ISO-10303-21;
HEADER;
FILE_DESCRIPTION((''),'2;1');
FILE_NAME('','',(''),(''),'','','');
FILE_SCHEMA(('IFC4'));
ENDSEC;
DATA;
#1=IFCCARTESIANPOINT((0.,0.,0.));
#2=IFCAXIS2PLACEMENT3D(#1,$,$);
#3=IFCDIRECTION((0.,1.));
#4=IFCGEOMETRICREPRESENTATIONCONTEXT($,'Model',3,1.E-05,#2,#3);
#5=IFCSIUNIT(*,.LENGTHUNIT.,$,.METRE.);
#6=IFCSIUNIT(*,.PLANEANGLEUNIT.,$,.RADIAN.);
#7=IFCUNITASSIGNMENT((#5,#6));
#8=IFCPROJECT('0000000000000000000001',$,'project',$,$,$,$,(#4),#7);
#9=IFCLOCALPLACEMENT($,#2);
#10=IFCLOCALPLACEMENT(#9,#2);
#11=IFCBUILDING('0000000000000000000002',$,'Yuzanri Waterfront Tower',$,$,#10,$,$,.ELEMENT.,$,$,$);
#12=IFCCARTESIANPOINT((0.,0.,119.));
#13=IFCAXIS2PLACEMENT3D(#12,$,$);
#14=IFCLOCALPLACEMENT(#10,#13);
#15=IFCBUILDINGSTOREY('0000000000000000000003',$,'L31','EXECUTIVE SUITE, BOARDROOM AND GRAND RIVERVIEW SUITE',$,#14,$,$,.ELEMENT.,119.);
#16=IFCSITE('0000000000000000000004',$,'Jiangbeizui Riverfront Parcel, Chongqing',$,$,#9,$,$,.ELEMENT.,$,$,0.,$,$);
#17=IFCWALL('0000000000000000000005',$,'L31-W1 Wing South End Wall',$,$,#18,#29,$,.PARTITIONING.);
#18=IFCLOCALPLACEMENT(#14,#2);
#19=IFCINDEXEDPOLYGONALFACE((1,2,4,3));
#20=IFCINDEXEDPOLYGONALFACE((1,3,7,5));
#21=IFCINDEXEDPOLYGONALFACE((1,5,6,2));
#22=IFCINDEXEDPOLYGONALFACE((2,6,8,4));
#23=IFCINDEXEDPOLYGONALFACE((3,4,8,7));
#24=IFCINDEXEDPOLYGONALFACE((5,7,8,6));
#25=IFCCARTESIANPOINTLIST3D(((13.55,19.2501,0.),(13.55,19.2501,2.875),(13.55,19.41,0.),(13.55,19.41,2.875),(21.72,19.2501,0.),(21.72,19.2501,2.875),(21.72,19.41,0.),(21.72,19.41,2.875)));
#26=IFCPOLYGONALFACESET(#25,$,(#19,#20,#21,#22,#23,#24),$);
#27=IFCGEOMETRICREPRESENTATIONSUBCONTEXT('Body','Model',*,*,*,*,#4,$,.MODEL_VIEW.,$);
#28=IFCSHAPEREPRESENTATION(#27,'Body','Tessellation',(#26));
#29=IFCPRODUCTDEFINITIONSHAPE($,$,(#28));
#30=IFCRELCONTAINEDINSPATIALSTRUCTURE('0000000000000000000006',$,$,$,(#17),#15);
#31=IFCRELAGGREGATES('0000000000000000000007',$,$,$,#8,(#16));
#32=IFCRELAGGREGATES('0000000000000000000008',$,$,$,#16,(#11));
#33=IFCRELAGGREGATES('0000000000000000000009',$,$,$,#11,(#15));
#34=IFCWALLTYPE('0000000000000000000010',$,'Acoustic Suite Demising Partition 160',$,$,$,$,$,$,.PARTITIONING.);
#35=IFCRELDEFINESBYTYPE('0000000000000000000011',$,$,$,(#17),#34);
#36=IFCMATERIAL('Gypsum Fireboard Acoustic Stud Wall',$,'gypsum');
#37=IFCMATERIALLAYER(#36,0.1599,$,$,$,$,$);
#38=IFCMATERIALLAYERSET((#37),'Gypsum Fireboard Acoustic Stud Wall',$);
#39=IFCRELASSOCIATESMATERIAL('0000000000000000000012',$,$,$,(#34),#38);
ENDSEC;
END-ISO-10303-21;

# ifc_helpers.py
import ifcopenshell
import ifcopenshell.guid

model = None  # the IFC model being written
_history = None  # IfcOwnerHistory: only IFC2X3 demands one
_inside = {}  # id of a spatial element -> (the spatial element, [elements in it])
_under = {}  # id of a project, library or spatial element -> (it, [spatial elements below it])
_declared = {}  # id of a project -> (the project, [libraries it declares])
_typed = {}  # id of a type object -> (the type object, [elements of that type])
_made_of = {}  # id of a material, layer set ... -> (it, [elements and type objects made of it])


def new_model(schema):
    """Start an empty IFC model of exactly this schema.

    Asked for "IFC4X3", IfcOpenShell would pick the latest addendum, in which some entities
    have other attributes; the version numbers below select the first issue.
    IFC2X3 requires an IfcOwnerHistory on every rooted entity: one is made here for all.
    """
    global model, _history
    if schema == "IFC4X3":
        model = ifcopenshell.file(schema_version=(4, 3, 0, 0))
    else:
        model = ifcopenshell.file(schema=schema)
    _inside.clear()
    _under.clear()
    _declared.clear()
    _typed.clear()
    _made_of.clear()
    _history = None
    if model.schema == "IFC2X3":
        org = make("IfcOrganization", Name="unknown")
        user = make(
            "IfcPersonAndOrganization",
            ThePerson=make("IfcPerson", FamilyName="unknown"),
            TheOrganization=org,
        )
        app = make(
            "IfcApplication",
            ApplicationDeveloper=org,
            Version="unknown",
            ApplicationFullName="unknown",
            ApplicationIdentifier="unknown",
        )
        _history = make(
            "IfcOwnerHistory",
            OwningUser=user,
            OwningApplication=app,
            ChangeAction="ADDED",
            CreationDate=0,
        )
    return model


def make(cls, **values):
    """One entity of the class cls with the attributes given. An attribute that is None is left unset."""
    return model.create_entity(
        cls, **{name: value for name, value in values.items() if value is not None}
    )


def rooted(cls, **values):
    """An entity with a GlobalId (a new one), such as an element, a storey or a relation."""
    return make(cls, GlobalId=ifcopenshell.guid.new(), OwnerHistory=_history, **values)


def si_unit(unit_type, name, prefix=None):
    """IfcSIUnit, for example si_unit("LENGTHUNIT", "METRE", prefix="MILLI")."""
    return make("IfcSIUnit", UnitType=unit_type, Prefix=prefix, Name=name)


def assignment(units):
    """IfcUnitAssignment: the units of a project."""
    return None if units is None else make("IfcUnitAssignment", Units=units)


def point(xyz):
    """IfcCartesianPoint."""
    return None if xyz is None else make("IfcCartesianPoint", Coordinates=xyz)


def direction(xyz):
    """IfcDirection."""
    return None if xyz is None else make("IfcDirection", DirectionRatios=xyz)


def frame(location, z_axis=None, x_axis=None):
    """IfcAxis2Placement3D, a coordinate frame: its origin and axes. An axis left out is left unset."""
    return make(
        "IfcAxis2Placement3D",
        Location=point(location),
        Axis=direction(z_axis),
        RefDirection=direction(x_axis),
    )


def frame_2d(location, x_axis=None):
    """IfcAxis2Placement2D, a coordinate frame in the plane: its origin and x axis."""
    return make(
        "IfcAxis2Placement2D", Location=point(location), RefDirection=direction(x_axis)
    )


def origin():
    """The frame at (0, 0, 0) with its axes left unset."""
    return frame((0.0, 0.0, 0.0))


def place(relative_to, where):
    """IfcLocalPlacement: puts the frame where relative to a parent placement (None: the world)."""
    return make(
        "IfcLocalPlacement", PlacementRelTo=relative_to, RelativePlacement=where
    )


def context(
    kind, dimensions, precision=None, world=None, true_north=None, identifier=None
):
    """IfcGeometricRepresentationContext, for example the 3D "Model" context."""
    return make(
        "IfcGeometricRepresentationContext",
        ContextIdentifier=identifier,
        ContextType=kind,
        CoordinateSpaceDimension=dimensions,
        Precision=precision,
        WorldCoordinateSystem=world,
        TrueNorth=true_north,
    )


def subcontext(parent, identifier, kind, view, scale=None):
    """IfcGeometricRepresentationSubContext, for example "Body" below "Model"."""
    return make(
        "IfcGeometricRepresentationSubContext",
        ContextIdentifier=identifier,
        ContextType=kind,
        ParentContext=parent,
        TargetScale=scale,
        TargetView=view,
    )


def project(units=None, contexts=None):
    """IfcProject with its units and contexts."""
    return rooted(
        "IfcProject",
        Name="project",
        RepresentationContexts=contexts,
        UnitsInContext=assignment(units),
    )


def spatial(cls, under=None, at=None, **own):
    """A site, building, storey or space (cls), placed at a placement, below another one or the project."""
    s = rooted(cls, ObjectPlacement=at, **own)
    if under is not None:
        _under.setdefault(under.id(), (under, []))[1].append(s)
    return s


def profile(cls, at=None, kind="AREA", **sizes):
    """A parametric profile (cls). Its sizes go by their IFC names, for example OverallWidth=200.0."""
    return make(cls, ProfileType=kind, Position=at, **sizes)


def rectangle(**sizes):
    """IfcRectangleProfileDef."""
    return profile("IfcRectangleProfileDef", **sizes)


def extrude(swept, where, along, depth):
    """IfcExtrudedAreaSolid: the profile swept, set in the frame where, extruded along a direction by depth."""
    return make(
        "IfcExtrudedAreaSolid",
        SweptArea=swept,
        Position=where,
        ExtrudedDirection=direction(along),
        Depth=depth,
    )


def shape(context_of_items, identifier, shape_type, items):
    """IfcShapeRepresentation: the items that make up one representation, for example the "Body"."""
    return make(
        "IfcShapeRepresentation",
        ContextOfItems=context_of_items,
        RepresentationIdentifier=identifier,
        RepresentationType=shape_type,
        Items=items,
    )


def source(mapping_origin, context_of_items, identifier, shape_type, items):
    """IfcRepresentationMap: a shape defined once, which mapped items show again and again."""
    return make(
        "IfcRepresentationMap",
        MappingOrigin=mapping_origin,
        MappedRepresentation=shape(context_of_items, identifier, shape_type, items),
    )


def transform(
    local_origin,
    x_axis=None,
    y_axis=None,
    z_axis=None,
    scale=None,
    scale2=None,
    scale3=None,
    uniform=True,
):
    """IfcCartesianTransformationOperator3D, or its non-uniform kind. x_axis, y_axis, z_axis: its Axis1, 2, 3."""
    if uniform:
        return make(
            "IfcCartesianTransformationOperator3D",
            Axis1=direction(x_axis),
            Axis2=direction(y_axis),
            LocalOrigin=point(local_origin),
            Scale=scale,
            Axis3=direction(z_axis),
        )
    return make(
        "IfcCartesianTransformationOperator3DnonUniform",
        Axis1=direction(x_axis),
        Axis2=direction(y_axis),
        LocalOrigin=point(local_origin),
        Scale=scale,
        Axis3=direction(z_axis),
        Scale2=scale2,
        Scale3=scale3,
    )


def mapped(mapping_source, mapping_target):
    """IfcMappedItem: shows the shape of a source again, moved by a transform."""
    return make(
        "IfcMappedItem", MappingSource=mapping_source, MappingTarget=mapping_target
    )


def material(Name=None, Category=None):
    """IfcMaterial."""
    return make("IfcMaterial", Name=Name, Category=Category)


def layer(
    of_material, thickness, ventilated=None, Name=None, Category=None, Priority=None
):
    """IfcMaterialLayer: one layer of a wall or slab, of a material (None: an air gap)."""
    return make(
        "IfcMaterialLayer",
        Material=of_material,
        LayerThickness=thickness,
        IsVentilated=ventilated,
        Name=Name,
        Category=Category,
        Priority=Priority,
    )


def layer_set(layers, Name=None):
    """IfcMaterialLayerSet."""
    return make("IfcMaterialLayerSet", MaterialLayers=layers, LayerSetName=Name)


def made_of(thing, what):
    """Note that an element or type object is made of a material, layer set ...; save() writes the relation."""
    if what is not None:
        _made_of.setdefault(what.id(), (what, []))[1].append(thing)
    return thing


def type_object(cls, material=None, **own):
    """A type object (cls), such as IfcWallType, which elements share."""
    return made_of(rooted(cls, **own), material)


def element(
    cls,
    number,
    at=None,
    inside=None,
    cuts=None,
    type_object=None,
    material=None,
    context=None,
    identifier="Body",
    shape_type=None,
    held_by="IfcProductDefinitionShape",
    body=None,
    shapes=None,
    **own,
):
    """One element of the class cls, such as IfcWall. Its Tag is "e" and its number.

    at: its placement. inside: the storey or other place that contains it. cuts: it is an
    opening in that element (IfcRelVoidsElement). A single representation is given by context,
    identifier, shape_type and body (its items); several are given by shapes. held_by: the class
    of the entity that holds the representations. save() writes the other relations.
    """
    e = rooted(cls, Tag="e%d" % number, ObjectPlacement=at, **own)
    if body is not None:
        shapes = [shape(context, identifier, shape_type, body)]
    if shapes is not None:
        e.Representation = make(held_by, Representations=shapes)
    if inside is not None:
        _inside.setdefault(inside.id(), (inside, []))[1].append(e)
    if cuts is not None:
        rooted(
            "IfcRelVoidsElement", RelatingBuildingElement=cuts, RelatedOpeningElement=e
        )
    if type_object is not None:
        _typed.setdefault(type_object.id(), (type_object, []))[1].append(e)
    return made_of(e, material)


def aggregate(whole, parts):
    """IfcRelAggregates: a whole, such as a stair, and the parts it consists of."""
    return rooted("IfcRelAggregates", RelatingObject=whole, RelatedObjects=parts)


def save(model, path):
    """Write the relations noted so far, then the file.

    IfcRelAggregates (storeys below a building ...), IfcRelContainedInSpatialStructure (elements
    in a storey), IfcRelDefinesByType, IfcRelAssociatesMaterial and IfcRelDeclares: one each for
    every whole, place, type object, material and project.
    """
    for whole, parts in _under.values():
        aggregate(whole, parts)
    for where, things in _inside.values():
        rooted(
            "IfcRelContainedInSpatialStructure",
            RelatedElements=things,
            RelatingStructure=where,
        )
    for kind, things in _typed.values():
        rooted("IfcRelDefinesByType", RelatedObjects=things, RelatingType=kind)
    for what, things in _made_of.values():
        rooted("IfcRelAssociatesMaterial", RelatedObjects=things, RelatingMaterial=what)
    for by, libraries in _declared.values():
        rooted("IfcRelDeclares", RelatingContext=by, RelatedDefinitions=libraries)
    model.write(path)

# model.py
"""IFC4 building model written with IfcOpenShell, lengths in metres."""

from ifc_helpers import new_model, si_unit, direction, frame, frame_2d, origin, place, context, subcontext, project, spatial, rectangle, extrude, source, transform, mapped, material, layer, layer_set, type_object, element, save


model = new_model("IFC4")

# Units and contexts
model_context = context("Model", 3, precision=1e-05, world=origin(), true_north=direction((0.0, 1.0)))
body_context = subcontext(model_context, "Body", "Model", "MODEL_VIEW")
ifc_project = project(units=[si_unit("LENGTHUNIT", "METRE"), si_unit("PLANEANGLEUNIT", "RADIAN")], contexts=[model_context])

# Site, building, storey
site_placement = place(None, origin())
site = spatial("IfcSite", under=ifc_project, at=site_placement, Name="Jiangbeizui Riverfront Parcel, Chongqing", CompositionType="ELEMENT", RefElevation=0.0)
building_placement = place(site_placement, origin())
building = spatial("IfcBuilding", under=site, at=building_placement, Name="Yuzanri Waterfront Tower", CompositionType="ELEMENT")
storey_placement = place(building_placement, frame((0.0, 0.0, 119.0)))
storey = spatial("IfcBuildingStorey", under=building, at=storey_placement, Name="L31", Description="EXECUTIVE SUITE, BOARDROOM AND GRAND RIVERVIEW SUITE", CompositionType="ELEMENT", Elevation=119.0)

# Wall
ifc_material_1 = material(Name="Gypsum Fireboard Acoustic Stud Wall", Category="gypsum")
ifc_layer_1 = layer(ifc_material_1, 0.1599)
ifc_layer_set_1 = layer_set([ifc_layer_1], Name="Gypsum Fireboard Acoustic Stud Wall")
wall_type_1 = type_object("IfcWallType", Name="Acoustic Suite Demising Partition 160", PredefinedType="PARTITIONING", material=ifc_layer_set_1)
shared_shape_1 = source(origin(), body_context, "Body", "SweptSolid", [
    extrude(rectangle(XDim=8.1699, YDim=0.1599, at=frame_2d((4.085, 0.0))), origin(), (0.0, 0.0, 1.0), 2.875),
])
wall_1_placement = place(storey_placement, frame((13.55, 19.3301, 0.0), z_axis=(0.0, 0.0, 1.0), x_axis=(1.0, 0.0, 0.0)))
element("IfcWall", 1, at=wall_1_placement, inside=storey, type_object=wall_type_1, Name="L31-W1 Wing South End Wall", PredefinedType="PARTITIONING", context=body_context, shape_type="MappedRepresentation", body=[
    mapped(shared_shape_1, transform((0.0, 0.0, 0.0), scale=1.0)),
])

save(model, "model.ifc")
